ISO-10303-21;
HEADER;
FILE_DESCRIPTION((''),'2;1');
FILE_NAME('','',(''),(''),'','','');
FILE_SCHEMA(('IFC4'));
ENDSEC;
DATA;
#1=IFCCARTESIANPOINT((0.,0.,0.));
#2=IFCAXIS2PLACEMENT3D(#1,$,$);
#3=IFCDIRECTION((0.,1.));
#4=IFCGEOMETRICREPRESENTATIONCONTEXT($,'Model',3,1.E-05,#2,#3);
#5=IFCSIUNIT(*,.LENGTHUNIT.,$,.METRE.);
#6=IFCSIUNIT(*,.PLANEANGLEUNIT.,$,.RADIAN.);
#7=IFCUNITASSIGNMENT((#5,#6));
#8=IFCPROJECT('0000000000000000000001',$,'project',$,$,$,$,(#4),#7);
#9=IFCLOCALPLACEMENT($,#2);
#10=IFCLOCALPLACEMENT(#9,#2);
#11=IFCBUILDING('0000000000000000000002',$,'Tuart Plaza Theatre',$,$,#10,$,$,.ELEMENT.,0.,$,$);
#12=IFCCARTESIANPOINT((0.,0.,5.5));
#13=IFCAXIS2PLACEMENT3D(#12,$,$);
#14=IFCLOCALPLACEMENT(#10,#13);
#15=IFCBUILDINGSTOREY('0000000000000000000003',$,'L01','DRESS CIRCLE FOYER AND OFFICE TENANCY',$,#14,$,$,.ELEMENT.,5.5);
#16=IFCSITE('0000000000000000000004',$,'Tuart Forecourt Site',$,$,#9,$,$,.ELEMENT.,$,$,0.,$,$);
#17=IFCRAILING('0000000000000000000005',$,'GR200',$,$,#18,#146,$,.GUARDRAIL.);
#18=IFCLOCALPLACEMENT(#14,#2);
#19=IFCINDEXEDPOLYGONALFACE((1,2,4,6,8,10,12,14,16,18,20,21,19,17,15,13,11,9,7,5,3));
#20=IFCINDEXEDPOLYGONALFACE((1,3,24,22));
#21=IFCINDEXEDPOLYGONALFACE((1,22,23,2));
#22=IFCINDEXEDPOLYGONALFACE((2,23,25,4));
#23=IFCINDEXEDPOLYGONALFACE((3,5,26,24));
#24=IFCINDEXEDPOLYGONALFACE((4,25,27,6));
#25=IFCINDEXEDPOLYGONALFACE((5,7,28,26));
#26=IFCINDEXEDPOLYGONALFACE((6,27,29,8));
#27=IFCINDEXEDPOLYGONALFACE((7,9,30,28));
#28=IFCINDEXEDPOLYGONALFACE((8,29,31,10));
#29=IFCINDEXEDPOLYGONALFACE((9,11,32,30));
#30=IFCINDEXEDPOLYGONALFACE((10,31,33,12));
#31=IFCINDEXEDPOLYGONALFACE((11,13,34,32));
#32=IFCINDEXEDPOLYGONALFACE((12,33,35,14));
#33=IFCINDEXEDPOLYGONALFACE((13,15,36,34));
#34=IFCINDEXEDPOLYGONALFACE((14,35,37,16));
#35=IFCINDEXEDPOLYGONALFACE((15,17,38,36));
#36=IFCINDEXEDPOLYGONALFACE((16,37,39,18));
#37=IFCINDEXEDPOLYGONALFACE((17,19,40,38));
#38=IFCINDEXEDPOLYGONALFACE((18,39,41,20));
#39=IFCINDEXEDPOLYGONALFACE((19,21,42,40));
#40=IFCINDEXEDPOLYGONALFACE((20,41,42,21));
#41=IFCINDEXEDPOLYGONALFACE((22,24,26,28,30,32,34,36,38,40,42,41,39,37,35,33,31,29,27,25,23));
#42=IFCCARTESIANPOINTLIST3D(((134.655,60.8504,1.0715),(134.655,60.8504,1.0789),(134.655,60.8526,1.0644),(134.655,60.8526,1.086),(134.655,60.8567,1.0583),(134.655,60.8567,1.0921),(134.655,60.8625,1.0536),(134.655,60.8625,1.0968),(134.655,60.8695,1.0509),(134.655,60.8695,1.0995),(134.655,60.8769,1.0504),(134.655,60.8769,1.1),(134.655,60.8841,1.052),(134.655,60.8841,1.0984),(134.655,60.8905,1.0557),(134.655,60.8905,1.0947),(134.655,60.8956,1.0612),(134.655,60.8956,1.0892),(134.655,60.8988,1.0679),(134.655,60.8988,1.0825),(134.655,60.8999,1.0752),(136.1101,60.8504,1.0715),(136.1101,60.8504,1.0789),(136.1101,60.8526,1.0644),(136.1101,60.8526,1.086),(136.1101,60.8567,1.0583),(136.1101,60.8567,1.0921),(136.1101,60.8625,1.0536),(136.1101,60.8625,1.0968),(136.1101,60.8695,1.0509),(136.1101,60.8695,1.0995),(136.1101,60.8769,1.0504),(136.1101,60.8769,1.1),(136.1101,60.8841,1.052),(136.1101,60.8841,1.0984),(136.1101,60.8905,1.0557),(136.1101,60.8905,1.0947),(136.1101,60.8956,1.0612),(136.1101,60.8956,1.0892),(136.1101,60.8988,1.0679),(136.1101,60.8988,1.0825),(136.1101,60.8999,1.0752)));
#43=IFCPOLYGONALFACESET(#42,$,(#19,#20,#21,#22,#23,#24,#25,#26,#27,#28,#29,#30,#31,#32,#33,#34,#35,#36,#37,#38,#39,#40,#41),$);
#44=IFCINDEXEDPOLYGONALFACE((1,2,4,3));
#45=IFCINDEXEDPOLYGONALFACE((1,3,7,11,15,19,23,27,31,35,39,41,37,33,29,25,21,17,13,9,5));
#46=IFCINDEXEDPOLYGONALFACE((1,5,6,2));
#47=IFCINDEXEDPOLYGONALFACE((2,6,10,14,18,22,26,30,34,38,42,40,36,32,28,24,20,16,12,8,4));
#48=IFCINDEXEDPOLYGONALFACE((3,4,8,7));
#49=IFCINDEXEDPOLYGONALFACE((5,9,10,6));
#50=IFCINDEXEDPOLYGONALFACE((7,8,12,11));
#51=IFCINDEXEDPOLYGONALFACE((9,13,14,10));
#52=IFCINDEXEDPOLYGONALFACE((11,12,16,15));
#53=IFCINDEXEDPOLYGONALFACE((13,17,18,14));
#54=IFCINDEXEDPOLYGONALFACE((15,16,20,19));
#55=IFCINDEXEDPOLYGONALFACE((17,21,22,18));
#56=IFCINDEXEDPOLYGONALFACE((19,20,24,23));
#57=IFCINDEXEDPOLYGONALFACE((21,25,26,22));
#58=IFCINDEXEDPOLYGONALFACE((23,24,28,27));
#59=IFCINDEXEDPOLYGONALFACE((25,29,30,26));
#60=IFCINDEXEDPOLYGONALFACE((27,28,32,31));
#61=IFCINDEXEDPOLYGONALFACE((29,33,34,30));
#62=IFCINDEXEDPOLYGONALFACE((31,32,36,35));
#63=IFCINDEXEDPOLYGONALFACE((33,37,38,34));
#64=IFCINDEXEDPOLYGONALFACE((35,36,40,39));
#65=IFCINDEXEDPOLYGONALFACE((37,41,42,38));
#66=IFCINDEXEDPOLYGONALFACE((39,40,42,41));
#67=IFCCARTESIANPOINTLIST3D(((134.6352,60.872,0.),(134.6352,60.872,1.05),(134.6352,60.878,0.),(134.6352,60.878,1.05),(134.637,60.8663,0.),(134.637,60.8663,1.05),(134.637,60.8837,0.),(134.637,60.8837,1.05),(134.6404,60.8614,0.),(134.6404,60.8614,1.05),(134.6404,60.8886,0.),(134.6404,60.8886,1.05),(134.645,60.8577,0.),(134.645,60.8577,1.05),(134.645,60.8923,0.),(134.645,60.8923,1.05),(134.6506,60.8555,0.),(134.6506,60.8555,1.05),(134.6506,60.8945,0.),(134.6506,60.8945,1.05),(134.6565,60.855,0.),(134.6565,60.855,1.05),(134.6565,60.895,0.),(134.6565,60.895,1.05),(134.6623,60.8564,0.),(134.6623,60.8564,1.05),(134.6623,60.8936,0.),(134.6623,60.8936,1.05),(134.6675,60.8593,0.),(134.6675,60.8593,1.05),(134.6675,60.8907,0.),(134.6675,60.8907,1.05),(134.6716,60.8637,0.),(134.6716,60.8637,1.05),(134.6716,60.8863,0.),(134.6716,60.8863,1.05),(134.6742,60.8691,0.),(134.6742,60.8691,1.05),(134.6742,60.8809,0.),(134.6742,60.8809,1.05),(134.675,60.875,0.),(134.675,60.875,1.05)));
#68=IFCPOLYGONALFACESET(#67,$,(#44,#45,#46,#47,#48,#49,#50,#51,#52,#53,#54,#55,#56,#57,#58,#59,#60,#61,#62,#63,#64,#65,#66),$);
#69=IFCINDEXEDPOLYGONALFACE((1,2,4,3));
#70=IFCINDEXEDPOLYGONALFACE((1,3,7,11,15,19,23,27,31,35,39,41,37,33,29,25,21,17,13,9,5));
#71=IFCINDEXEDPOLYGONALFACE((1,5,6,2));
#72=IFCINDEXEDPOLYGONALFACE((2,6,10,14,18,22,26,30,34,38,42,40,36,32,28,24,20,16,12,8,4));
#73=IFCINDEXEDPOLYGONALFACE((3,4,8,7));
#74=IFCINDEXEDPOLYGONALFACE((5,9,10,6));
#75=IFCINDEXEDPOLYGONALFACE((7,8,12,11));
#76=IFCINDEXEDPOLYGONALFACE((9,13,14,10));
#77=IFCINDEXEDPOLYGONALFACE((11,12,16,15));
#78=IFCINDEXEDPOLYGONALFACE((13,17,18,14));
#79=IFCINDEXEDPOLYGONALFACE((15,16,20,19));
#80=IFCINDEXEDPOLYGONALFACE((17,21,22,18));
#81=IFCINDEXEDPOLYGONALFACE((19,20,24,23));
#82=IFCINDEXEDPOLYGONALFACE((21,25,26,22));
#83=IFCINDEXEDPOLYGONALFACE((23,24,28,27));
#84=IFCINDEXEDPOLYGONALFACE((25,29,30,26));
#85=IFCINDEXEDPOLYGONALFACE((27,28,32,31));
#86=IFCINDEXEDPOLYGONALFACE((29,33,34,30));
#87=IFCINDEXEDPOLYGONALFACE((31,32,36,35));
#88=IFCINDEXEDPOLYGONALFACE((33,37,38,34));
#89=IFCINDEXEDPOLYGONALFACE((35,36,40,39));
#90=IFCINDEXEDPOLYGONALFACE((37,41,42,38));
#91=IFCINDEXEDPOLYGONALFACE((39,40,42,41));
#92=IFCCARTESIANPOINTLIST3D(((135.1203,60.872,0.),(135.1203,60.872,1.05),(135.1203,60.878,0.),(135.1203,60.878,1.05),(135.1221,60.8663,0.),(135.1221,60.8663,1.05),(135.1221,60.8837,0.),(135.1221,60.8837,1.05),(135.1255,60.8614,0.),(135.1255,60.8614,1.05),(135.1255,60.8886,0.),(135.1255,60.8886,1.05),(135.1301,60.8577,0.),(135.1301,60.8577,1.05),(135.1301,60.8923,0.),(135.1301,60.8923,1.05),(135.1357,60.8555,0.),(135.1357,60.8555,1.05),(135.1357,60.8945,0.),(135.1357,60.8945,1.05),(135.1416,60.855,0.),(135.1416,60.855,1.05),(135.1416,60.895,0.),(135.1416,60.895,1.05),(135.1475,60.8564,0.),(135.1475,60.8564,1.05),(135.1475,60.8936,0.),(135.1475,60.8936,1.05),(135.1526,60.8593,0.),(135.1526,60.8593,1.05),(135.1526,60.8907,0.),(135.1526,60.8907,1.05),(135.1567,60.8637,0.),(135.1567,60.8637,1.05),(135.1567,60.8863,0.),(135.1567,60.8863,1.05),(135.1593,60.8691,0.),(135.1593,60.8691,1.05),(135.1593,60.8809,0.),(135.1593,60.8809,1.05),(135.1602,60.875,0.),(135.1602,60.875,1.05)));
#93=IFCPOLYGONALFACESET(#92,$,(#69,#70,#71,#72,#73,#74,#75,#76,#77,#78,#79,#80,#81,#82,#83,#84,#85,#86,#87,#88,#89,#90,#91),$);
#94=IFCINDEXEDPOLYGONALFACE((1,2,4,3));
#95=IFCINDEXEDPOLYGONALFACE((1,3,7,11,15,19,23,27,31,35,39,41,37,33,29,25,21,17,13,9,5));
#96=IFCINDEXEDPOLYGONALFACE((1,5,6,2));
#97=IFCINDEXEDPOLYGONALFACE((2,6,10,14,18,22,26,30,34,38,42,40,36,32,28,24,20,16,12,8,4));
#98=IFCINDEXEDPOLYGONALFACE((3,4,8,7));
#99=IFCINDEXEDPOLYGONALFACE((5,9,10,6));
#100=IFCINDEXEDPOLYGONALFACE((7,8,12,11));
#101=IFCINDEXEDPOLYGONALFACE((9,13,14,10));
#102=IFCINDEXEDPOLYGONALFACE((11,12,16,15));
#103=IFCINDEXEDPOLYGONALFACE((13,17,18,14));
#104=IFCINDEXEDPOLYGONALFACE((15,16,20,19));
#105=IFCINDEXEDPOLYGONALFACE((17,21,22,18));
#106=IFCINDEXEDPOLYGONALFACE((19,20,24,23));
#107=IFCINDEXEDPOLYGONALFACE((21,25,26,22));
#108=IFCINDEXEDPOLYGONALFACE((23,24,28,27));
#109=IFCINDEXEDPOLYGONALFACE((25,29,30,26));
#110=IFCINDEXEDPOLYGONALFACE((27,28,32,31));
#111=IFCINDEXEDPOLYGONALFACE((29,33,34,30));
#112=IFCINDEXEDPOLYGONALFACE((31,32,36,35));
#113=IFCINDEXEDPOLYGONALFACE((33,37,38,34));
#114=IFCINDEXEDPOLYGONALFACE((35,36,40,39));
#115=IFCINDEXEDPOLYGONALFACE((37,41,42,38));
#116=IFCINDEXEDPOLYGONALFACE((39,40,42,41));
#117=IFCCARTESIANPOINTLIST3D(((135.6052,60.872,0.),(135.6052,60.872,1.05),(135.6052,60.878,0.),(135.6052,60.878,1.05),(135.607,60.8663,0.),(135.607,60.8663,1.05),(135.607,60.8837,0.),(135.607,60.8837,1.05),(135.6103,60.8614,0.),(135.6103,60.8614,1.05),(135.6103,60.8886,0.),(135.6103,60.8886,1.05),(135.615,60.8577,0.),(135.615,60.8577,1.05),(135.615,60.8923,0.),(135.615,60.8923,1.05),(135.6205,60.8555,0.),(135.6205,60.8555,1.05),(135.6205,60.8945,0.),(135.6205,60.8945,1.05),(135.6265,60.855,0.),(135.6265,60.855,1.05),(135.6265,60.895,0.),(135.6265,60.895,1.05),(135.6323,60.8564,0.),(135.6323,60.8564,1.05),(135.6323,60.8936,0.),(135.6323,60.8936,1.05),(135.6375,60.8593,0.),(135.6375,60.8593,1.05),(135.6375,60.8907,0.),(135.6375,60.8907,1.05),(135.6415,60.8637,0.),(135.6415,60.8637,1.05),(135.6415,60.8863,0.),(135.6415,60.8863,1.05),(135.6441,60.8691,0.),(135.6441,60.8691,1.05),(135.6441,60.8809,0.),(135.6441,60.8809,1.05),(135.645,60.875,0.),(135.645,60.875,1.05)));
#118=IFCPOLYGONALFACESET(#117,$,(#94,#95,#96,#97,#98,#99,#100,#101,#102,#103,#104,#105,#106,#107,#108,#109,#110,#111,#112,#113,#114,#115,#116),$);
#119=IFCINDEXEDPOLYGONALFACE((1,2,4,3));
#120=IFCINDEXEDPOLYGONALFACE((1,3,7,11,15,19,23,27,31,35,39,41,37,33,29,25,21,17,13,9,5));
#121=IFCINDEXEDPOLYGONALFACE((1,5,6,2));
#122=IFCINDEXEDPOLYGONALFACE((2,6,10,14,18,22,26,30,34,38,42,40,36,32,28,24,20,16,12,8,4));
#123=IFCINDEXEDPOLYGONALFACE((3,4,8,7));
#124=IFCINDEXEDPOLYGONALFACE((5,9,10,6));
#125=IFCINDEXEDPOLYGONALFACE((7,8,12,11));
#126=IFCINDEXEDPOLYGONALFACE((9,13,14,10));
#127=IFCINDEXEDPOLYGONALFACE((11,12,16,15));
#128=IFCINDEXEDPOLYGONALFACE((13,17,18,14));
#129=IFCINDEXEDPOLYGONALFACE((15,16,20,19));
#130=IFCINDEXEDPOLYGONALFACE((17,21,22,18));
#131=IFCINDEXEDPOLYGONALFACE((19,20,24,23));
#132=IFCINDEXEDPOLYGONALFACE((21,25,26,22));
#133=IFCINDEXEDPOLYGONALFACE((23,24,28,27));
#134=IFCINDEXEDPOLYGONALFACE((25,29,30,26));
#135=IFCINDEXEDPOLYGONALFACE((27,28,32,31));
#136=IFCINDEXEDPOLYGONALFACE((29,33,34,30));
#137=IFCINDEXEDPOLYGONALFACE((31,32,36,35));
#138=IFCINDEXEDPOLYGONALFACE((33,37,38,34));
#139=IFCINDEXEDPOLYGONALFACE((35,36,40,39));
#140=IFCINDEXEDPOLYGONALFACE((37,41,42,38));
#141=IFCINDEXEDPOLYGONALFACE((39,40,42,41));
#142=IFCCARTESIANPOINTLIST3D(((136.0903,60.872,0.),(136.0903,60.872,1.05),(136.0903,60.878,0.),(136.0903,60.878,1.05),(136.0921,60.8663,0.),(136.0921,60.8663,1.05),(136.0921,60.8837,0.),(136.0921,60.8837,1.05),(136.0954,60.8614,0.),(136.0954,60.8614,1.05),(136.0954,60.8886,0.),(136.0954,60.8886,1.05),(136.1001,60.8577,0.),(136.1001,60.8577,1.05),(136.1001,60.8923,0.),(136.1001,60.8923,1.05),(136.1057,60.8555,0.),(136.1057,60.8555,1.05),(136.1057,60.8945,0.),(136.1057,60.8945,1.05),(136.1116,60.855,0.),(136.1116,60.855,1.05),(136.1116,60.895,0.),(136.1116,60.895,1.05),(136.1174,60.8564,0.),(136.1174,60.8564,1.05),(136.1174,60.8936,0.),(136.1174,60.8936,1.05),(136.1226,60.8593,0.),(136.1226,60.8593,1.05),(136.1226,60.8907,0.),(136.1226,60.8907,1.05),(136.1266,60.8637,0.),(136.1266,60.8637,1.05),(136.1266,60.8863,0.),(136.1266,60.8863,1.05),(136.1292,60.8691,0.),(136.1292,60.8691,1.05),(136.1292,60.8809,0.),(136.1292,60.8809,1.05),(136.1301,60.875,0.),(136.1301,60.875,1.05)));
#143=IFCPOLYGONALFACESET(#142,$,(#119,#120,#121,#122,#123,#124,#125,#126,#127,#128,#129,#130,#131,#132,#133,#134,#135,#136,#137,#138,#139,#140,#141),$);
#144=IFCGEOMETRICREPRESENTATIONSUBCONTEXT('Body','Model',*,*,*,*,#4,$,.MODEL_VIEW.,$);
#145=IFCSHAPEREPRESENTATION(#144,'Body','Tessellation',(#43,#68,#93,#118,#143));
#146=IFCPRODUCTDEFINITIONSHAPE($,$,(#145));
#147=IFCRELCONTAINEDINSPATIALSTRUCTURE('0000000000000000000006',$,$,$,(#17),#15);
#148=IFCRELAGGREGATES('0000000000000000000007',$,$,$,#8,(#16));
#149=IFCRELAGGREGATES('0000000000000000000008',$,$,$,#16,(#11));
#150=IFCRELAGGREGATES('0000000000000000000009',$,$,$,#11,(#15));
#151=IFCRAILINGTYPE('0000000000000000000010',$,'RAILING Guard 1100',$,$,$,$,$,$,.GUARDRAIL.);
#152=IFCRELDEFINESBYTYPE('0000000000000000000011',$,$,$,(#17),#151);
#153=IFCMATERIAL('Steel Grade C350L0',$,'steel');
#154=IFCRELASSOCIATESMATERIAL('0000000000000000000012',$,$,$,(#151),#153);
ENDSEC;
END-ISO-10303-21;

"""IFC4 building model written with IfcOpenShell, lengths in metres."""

from ifc_helpers import new_model, si_unit, direction, frame, origin, origin_2d, place, context, subcontext, project, spatial, circle, extrude, material, type_object, element, save


model = new_model("IFC4")

# Units and contexts
model_context = context("Model", 3, precision=1e-05, world=origin(), true_north=direction((0.0, 1.0)))
body_context = subcontext(model_context, "Body", "Model", "MODEL_VIEW")
ifc_project = project(units=[si_unit("LENGTHUNIT", "METRE"), si_unit("PLANEANGLEUNIT", "RADIAN")], contexts=[model_context])

# Site, building, storey
site_placement = place(None, origin())
site = spatial("IfcSite", under=ifc_project, at=site_placement, Name="Tuart Forecourt Site", CompositionType="ELEMENT", RefElevation=0.0)
building_placement = place(site_placement, origin())
building = spatial("IfcBuilding", under=site, at=building_placement, Name="Tuart Plaza Theatre", CompositionType="ELEMENT", ElevationOfRefHeight=0.0)
storey_placement = place(building_placement, frame((0.0, 0.0, 5.5)))
storey = spatial("IfcBuildingStorey", under=building, at=storey_placement, Name="L01", Description="DRESS CIRCLE FOYER AND OFFICE TENANCY", CompositionType="ELEMENT", Elevation=5.5)

# Railing
ifc_material_1 = material(Name="Steel Grade C350L0", Category="steel")
railing_type_1 = type_object("IfcRailingType", Name="RAILING Guard 1100", PredefinedType="GUARDRAIL", material=ifc_material_1)
railing_1_placement = place(storey_placement, frame((134.655, 60.875, 0.0)))
element("IfcRailing", 1, at=railing_1_placement, inside=storey, type_object=railing_type_1, Name="GR200", PredefinedType="GUARDRAIL", context=body_context, shape_type="SweptSolid", body=[
    extrude(circle(Radius=0.0249, at=origin_2d()), frame((0.0, 0.0, 1.0752), z_axis=(1.0, 0.0, 0.0), x_axis=(0.0, 1.0, 0.0)), (0.0, 0.0, 1.0), 1.4551),
    extrude(circle(Radius=0.02, at=origin_2d()), origin(), (0.0, 0.0, 1.0), 1.05),
    extrude(circle(Radius=0.02, at=origin_2d()), frame((0.4851, 0.0, 0.0)), (0.0, 0.0, 1.0), 1.05),
    extrude(circle(Radius=0.02, at=origin_2d()), frame((0.97, 0.0, 0.0)), (0.0, 0.0, 1.0), 1.05),
    extrude(circle(Radius=0.02, at=origin_2d()), frame((1.4551, 0.0, 0.0)), (0.0, 0.0, 1.0), 1.05),
])

save(model, "model.ifc")
